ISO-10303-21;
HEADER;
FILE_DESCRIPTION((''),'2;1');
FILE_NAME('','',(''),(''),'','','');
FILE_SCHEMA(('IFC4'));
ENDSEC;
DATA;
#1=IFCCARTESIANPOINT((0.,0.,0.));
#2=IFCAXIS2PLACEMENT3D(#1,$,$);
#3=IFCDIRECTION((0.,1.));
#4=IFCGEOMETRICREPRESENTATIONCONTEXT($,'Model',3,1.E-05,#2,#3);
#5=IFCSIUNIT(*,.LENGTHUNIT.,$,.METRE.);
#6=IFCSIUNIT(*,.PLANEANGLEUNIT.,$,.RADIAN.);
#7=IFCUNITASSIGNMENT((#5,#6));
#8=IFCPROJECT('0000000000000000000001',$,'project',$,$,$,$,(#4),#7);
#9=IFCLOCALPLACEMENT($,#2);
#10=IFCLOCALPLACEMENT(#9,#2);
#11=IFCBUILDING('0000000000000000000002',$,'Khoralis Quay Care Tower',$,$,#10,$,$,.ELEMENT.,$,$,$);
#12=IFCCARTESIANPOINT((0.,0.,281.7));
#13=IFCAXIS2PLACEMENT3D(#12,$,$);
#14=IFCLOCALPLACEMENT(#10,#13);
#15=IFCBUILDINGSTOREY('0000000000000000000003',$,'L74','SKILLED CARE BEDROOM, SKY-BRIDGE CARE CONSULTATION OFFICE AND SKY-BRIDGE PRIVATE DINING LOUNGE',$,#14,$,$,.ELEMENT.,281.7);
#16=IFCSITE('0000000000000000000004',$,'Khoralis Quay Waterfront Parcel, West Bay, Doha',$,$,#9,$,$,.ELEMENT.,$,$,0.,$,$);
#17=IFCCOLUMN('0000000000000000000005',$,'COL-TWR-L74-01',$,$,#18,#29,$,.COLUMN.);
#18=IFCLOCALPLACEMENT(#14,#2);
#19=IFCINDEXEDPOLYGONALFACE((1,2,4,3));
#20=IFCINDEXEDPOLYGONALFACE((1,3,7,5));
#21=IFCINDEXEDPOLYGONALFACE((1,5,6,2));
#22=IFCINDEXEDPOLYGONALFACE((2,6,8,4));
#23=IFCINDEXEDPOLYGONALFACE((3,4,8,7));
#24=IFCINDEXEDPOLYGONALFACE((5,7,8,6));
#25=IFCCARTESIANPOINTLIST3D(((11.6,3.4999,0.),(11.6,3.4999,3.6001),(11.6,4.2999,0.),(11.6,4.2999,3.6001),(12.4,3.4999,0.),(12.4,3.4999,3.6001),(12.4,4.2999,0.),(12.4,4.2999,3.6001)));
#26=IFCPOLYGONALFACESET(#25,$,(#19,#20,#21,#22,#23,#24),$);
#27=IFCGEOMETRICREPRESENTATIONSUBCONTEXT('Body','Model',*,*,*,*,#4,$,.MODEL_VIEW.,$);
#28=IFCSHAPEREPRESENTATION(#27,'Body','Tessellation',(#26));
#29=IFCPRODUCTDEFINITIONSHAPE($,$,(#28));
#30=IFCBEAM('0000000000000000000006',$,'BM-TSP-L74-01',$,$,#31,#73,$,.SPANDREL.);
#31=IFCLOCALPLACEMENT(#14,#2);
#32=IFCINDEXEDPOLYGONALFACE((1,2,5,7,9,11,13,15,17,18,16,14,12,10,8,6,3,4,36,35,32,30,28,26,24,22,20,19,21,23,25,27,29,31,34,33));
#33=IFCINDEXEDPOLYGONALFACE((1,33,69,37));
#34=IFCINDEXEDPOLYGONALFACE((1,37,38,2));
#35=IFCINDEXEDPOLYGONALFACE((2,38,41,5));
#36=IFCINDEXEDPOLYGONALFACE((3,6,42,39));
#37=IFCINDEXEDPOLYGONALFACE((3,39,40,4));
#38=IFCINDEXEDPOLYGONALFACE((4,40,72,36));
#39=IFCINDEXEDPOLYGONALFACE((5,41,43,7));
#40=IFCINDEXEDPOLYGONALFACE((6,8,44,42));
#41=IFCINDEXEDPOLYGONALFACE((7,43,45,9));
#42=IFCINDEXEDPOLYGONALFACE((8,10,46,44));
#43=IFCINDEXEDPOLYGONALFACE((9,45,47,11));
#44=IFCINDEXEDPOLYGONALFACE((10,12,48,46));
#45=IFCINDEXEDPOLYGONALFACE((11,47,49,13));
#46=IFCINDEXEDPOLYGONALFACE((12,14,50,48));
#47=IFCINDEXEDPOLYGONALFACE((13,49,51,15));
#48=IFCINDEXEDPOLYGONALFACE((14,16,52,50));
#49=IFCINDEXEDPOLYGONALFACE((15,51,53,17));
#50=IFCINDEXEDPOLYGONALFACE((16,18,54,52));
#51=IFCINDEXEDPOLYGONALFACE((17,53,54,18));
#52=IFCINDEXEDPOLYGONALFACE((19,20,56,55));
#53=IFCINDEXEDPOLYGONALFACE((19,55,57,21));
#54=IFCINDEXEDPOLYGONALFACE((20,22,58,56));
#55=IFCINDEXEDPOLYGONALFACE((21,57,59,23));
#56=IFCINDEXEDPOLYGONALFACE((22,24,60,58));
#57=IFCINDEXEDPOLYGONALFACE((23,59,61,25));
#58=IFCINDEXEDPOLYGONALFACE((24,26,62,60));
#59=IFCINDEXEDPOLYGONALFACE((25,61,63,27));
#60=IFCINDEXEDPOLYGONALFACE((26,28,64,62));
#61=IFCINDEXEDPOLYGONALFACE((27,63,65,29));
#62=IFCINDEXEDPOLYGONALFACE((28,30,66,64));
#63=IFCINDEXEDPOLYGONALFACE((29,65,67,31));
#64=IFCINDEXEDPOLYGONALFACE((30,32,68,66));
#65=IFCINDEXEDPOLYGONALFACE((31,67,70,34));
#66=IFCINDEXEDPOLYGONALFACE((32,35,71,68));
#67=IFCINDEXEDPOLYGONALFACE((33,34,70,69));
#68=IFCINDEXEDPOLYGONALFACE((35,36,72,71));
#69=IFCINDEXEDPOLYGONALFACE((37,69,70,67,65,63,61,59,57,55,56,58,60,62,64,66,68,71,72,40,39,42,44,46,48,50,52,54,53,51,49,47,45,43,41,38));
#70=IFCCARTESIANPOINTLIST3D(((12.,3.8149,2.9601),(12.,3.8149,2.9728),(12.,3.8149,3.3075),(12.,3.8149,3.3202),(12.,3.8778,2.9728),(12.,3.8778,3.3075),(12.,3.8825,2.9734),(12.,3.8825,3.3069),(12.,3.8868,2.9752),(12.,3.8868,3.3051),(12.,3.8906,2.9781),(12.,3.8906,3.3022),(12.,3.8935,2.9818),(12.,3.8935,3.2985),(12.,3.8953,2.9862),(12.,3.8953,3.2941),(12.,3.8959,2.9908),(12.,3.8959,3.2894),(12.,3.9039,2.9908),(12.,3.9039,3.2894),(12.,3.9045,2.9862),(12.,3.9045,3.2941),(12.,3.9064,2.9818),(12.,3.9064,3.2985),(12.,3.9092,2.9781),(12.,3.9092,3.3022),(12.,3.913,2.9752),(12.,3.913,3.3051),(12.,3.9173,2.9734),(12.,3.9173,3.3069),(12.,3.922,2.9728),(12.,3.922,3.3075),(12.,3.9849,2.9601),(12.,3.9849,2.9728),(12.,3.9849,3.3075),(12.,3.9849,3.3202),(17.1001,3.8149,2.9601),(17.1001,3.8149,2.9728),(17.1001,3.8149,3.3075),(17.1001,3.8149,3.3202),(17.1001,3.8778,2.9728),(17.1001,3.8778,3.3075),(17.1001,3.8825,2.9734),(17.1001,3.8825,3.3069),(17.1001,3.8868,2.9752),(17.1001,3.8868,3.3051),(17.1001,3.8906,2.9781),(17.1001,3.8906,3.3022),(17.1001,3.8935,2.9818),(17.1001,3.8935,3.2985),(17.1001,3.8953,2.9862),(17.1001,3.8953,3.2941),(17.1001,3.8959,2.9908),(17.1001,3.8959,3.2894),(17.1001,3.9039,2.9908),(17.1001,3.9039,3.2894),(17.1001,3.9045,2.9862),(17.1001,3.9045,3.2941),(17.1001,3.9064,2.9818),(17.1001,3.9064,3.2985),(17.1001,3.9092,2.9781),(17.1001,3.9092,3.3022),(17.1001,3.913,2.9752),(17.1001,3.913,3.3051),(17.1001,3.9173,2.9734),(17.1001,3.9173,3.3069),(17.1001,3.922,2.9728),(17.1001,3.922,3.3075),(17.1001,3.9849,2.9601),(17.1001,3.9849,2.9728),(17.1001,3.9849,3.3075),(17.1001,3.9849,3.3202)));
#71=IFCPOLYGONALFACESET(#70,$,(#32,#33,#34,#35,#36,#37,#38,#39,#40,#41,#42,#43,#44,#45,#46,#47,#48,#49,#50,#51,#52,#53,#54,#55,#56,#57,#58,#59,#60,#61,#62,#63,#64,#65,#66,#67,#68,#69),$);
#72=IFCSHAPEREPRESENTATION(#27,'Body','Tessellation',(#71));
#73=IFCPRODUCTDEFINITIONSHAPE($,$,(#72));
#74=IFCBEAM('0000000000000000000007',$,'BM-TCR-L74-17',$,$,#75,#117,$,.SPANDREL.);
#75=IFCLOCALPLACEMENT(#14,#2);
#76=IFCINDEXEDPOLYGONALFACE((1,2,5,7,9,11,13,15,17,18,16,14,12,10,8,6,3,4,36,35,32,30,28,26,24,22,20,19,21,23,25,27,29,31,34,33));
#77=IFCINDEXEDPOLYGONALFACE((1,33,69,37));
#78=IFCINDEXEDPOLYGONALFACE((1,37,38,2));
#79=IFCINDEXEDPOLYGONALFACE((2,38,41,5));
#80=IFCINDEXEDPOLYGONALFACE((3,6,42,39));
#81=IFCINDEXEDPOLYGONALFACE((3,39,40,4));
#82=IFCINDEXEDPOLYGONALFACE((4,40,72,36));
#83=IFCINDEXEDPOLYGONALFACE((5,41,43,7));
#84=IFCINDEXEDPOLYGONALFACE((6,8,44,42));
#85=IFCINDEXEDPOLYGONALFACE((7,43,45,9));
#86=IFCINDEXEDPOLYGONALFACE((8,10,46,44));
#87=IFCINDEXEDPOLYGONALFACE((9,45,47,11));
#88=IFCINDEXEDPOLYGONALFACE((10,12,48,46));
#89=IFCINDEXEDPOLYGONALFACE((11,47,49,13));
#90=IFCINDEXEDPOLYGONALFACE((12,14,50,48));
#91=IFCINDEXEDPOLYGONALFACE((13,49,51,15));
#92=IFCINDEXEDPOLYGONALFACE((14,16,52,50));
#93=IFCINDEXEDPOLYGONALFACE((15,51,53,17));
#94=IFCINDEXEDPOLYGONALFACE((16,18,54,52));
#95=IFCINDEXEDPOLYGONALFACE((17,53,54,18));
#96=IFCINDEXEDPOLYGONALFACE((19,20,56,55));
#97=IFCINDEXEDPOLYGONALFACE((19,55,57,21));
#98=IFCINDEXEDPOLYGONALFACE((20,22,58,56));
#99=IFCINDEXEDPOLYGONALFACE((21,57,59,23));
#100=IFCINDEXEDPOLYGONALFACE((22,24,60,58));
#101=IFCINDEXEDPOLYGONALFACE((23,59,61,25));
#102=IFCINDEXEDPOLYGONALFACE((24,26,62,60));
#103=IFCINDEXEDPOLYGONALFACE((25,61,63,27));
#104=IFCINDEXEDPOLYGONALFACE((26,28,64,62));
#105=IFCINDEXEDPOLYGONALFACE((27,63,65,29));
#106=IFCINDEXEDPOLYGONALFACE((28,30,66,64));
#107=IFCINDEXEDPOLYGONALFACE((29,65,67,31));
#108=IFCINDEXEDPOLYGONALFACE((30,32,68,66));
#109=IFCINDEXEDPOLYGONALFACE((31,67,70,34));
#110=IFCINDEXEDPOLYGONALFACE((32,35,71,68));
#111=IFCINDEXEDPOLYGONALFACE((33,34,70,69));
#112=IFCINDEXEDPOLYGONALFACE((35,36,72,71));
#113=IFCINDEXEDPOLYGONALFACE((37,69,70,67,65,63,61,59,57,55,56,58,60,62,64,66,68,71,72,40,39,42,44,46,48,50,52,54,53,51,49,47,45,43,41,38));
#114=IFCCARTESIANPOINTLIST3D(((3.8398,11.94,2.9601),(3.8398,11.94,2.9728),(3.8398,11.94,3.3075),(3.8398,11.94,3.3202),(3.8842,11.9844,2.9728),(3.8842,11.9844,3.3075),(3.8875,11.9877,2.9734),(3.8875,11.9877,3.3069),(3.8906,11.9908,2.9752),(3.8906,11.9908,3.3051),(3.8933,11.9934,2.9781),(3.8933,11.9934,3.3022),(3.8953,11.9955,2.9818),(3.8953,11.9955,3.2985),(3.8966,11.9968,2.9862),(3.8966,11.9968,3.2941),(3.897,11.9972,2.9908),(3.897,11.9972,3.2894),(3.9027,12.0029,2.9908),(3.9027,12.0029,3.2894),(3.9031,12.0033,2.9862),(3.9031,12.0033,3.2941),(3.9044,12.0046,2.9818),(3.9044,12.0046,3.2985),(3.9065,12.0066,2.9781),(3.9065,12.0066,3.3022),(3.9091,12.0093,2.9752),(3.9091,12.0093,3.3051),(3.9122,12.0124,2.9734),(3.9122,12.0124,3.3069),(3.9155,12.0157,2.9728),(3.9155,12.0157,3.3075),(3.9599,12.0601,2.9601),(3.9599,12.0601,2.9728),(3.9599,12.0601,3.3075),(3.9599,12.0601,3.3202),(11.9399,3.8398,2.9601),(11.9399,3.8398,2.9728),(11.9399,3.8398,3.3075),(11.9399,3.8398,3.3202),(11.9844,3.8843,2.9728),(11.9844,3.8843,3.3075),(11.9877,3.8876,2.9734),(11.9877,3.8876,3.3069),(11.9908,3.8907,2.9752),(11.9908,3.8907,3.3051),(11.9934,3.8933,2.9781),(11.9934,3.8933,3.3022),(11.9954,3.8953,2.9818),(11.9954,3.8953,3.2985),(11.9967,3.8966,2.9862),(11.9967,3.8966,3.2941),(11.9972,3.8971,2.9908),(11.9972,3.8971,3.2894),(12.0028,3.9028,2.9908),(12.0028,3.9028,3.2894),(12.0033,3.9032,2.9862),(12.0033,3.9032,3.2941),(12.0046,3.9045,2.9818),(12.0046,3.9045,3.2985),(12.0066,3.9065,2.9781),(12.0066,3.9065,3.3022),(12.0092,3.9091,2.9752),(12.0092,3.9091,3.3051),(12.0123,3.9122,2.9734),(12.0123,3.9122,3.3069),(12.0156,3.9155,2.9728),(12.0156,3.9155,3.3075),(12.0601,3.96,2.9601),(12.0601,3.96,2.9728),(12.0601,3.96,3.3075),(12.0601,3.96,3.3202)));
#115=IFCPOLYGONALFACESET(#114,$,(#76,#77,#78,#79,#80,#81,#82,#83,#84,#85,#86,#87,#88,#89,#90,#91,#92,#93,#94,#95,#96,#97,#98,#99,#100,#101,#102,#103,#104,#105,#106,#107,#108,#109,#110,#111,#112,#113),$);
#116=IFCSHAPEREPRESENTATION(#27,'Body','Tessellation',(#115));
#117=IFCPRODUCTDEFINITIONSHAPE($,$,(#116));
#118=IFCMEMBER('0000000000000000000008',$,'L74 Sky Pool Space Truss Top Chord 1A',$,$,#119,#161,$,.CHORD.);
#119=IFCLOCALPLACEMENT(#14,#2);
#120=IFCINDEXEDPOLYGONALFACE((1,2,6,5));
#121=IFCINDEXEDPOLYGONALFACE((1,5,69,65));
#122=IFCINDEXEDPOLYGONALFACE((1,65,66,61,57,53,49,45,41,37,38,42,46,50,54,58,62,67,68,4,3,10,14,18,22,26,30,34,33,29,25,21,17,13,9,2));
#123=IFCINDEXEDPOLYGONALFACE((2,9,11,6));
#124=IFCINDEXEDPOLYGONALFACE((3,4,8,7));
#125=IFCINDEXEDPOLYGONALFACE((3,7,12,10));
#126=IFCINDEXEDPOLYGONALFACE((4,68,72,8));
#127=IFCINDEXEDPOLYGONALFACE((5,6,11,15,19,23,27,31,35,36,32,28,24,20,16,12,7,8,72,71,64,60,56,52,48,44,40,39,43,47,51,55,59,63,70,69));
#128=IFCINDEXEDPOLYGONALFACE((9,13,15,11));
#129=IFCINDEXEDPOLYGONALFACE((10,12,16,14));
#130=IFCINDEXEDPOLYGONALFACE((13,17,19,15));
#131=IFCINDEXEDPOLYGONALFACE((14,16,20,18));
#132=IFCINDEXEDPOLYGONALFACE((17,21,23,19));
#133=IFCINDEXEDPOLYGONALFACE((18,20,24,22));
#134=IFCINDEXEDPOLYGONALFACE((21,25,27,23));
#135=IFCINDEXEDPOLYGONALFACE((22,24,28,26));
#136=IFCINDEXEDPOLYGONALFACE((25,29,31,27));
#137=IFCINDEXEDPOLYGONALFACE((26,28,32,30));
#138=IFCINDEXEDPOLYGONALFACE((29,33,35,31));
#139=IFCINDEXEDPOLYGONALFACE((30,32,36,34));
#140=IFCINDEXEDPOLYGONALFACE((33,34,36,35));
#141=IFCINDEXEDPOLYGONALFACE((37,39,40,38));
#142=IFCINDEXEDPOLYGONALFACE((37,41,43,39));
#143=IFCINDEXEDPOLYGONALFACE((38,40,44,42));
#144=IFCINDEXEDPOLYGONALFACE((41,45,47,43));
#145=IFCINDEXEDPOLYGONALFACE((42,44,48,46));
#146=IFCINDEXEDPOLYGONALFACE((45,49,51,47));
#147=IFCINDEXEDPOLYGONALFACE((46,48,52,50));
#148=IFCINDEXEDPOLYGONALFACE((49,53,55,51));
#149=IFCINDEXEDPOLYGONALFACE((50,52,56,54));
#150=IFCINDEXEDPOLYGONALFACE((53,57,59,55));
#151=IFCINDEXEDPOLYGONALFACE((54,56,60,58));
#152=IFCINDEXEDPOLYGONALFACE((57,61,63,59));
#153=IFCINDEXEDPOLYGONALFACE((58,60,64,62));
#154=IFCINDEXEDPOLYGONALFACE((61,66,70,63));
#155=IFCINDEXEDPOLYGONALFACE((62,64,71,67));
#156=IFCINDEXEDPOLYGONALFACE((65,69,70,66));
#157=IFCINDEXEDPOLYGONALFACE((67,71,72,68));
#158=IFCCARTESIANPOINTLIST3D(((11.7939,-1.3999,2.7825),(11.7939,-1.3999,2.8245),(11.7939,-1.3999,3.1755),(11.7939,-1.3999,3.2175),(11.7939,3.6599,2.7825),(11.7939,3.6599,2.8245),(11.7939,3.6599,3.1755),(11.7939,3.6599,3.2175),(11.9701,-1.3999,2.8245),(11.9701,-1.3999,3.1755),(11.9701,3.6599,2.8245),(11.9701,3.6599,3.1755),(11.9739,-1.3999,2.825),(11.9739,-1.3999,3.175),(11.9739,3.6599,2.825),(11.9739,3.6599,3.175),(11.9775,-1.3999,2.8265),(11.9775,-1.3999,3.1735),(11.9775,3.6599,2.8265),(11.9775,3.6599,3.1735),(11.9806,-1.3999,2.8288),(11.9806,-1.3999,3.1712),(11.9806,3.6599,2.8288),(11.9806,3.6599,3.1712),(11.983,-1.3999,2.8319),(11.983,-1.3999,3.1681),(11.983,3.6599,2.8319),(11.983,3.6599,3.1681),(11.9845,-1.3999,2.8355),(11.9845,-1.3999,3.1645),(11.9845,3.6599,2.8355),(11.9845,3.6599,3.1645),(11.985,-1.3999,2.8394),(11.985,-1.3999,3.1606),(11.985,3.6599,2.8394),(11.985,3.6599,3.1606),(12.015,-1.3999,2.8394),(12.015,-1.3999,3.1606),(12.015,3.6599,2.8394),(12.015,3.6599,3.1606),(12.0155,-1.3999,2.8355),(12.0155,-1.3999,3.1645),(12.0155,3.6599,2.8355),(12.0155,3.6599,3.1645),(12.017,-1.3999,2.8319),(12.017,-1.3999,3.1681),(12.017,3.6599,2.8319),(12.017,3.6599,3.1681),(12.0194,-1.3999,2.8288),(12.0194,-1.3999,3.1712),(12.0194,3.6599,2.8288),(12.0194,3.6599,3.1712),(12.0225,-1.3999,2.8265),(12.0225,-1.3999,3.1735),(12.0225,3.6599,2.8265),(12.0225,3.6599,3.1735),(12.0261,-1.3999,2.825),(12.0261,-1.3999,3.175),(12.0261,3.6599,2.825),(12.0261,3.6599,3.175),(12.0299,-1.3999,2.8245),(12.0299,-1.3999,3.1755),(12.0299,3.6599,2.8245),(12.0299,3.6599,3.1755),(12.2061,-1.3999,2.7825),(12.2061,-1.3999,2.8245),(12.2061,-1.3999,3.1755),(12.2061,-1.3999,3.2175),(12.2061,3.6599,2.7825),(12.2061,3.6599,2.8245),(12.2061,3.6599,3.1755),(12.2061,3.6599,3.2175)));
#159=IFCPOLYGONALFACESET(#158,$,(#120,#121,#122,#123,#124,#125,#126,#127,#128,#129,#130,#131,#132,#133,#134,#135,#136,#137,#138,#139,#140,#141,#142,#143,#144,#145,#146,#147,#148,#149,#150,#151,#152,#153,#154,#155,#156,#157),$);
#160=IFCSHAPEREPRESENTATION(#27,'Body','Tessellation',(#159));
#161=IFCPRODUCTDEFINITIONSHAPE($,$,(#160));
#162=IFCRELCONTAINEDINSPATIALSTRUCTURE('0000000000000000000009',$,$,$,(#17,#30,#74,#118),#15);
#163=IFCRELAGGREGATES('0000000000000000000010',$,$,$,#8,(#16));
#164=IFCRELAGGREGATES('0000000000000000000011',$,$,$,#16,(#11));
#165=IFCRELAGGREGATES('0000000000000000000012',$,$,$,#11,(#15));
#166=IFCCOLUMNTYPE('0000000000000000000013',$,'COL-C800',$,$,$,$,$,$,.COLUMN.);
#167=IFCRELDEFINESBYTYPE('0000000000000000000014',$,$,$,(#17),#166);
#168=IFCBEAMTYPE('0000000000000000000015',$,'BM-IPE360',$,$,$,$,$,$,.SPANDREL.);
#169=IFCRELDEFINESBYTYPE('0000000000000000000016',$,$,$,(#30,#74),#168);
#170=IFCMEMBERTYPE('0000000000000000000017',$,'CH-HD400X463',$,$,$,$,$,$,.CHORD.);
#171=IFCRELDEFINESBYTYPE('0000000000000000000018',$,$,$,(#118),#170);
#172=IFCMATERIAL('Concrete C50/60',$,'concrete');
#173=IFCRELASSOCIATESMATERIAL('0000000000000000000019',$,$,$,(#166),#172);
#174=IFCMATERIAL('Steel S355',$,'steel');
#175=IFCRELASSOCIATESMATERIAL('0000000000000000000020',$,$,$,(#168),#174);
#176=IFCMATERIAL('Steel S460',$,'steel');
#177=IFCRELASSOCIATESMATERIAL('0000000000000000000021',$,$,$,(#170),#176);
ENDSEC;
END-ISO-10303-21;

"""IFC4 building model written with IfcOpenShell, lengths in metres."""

from ifc_helpers import new_model, si_unit, direction, frame, origin, origin_2d, place, context, subcontext, project, spatial, rectangle, i_section, extrude, source, transform, mapped, material, material_profile, profile_set, type_object, element, save


model = new_model("IFC4")

# Units and contexts
model_context = context("Model", 3, precision=1e-05, world=origin(), true_north=direction((0.0, 1.0)))
body_context = subcontext(model_context, "Body", "Model", "MODEL_VIEW")
ifc_project = project(units=[si_unit("LENGTHUNIT", "METRE"), si_unit("PLANEANGLEUNIT", "RADIAN")], contexts=[model_context])

# Site, building, storey
site_placement = place(None, origin())
site = spatial("IfcSite", under=ifc_project, at=site_placement, Name="Khoralis Quay Waterfront Parcel, West Bay, Doha", CompositionType="ELEMENT", RefElevation=0.0)
building_placement = place(site_placement, origin())
building = spatial("IfcBuilding", under=site, at=building_placement, Name="Khoralis Quay Care Tower", CompositionType="ELEMENT")
storey_placement = place(building_placement, frame((0.0, 0.0, 281.7)))
storey = spatial("IfcBuildingStorey", under=building, at=storey_placement, Name="L74", Description="SKILLED CARE BEDROOM, SKY-BRIDGE CARE CONSULTATION OFFICE AND SKY-BRIDGE PRIVATE DINING LOUNGE", CompositionType="ELEMENT", Elevation=281.7)

# Column
ifc_material_1 = material(Name="Concrete C50/60", Category="concrete")
ifc_material_profile_1 = material_profile(ifc_material_1, rectangle(XDim=0.8, YDim=0.8, at=origin_2d()), Name="Concrete C50/60")
ifc_profile_set_1 = profile_set([ifc_material_profile_1], Name="Concrete C50/60")
column_type = type_object("IfcColumnType", Name="COL-C800", PredefinedType="COLUMN", material=ifc_profile_set_1)
shared_shape_1 = source(origin(), body_context, "Body", "SweptSolid", [
    extrude(rectangle(XDim=0.8, YDim=0.8, at=origin_2d()), origin(), (0.0, 0.0, 1.0), 3.6001),
])
column_placement = place(storey_placement, frame((12.0, 3.8999, 0.0), z_axis=(0.0, 0.0, 1.0), x_axis=(1.0, 0.0, 0.0)))
element("IfcColumn", 1, at=column_placement, inside=storey, type_object=column_type, Name="COL-TWR-L74-01", PredefinedType="COLUMN", context=body_context, shape_type="MappedRepresentation", body=[
    mapped(shared_shape_1, transform((0.0, 0.0, 0.0), scale=1.0)),
])

# Beams
ifc_material_2 = material(Name="Steel S355", Category="steel")
ifc_material_profile_2 = material_profile(ifc_material_2, i_section(OverallWidth=0.1699, OverallDepth=0.3601, WebThickness=0.0081, FlangeThickness=0.0127, FilletRadius=0.0181, at=origin_2d()), Name="Steel S355")
ifc_profile_set_2 = profile_set([ifc_material_profile_2], Name="Steel S355")
beam_type_1 = type_object("IfcBeamType", Name="BM-IPE360", PredefinedType="SPANDREL", material=ifc_profile_set_2)
shared_shape_2 = source(origin(), body_context, "Body", "SweptSolid", [
    extrude(i_section(OverallWidth=0.1699, OverallDepth=0.3601, WebThickness=0.0081, FlangeThickness=0.0127, FilletRadius=0.0181, at=origin_2d()), origin(), (0.0, 0.0, 1.0), 5.1001),
])
beam_1_placement = place(storey_placement, frame((12.0, 3.8999, 3.1401), z_axis=(1.0, 0.0, 0.0), x_axis=(0.0, 1.0, 0.0)))
element("IfcBeam", 2, at=beam_1_placement, inside=storey, type_object=beam_type_1, Name="BM-TSP-L74-01", PredefinedType="SPANDREL", context=body_context, shape_type="MappedRepresentation", body=[
    mapped(shared_shape_2, transform((0.0, 0.0, 0.0), scale=1.0)),
])
shared_shape_3 = source(origin(), body_context, "Body", "SweptSolid", [
    extrude(i_section(OverallWidth=0.1699, OverallDepth=0.3601, WebThickness=0.0081, FlangeThickness=0.0127, FilletRadius=0.0181, at=origin_2d()), origin(), (0.0, 0.0, 1.0), 11.4553),
])
beam_2_placement = place(storey_placement, frame((12.0, 3.8999, 3.1401), z_axis=(-0.707107, 0.707107, 0.0), x_axis=(-0.707107, -0.707107, 0.0)))
element("IfcBeam", 3, at=beam_2_placement, inside=storey, type_object=beam_type_1, Name="BM-TCR-L74-17", PredefinedType="SPANDREL", context=body_context, shape_type="MappedRepresentation", body=[
    mapped(shared_shape_3, transform((0.0, 0.0, 0.0), scale=1.0)),
])

# Member
ifc_material_3 = material(Name="Steel S460", Category="steel")
ifc_material_profile_3 = material_profile(ifc_material_3, i_section(OverallWidth=0.4121, OverallDepth=0.4351, WebThickness=0.03, FlangeThickness=0.042, FilletRadius=0.0149, at=origin_2d()), Name="Steel S460")
ifc_profile_set_3 = profile_set([ifc_material_profile_3], Name="Steel S460")
member_type_1 = type_object("IfcMemberType", Name="CH-HD400X463", PredefinedType="CHORD", material=ifc_profile_set_3)
shared_shape_4 = source(origin(), body_context, "Body", "SweptSolid", [
    extrude(i_section(OverallWidth=0.4121, OverallDepth=0.4351, WebThickness=0.03, FlangeThickness=0.042, FilletRadius=0.0149, at=origin_2d()), origin(), (0.0, 0.0, 1.0), 5.0598),
])
member_1_placement = place(storey_placement, frame((12.0, 3.6599, 3.0), z_axis=(0.0, -1.0, 0.0), x_axis=(1.0, 0.0, 0.0)))
element("IfcMember", 4, at=member_1_placement, inside=storey, type_object=member_type_1, Name="L74 Sky Pool Space Truss Top Chord 1A", PredefinedType="CHORD", context=body_context, shape_type="MappedRepresentation", body=[
    mapped(shared_shape_4, transform((0.0, 0.0, 0.0), scale=1.0)),
])

save(model, "model.ifc")
